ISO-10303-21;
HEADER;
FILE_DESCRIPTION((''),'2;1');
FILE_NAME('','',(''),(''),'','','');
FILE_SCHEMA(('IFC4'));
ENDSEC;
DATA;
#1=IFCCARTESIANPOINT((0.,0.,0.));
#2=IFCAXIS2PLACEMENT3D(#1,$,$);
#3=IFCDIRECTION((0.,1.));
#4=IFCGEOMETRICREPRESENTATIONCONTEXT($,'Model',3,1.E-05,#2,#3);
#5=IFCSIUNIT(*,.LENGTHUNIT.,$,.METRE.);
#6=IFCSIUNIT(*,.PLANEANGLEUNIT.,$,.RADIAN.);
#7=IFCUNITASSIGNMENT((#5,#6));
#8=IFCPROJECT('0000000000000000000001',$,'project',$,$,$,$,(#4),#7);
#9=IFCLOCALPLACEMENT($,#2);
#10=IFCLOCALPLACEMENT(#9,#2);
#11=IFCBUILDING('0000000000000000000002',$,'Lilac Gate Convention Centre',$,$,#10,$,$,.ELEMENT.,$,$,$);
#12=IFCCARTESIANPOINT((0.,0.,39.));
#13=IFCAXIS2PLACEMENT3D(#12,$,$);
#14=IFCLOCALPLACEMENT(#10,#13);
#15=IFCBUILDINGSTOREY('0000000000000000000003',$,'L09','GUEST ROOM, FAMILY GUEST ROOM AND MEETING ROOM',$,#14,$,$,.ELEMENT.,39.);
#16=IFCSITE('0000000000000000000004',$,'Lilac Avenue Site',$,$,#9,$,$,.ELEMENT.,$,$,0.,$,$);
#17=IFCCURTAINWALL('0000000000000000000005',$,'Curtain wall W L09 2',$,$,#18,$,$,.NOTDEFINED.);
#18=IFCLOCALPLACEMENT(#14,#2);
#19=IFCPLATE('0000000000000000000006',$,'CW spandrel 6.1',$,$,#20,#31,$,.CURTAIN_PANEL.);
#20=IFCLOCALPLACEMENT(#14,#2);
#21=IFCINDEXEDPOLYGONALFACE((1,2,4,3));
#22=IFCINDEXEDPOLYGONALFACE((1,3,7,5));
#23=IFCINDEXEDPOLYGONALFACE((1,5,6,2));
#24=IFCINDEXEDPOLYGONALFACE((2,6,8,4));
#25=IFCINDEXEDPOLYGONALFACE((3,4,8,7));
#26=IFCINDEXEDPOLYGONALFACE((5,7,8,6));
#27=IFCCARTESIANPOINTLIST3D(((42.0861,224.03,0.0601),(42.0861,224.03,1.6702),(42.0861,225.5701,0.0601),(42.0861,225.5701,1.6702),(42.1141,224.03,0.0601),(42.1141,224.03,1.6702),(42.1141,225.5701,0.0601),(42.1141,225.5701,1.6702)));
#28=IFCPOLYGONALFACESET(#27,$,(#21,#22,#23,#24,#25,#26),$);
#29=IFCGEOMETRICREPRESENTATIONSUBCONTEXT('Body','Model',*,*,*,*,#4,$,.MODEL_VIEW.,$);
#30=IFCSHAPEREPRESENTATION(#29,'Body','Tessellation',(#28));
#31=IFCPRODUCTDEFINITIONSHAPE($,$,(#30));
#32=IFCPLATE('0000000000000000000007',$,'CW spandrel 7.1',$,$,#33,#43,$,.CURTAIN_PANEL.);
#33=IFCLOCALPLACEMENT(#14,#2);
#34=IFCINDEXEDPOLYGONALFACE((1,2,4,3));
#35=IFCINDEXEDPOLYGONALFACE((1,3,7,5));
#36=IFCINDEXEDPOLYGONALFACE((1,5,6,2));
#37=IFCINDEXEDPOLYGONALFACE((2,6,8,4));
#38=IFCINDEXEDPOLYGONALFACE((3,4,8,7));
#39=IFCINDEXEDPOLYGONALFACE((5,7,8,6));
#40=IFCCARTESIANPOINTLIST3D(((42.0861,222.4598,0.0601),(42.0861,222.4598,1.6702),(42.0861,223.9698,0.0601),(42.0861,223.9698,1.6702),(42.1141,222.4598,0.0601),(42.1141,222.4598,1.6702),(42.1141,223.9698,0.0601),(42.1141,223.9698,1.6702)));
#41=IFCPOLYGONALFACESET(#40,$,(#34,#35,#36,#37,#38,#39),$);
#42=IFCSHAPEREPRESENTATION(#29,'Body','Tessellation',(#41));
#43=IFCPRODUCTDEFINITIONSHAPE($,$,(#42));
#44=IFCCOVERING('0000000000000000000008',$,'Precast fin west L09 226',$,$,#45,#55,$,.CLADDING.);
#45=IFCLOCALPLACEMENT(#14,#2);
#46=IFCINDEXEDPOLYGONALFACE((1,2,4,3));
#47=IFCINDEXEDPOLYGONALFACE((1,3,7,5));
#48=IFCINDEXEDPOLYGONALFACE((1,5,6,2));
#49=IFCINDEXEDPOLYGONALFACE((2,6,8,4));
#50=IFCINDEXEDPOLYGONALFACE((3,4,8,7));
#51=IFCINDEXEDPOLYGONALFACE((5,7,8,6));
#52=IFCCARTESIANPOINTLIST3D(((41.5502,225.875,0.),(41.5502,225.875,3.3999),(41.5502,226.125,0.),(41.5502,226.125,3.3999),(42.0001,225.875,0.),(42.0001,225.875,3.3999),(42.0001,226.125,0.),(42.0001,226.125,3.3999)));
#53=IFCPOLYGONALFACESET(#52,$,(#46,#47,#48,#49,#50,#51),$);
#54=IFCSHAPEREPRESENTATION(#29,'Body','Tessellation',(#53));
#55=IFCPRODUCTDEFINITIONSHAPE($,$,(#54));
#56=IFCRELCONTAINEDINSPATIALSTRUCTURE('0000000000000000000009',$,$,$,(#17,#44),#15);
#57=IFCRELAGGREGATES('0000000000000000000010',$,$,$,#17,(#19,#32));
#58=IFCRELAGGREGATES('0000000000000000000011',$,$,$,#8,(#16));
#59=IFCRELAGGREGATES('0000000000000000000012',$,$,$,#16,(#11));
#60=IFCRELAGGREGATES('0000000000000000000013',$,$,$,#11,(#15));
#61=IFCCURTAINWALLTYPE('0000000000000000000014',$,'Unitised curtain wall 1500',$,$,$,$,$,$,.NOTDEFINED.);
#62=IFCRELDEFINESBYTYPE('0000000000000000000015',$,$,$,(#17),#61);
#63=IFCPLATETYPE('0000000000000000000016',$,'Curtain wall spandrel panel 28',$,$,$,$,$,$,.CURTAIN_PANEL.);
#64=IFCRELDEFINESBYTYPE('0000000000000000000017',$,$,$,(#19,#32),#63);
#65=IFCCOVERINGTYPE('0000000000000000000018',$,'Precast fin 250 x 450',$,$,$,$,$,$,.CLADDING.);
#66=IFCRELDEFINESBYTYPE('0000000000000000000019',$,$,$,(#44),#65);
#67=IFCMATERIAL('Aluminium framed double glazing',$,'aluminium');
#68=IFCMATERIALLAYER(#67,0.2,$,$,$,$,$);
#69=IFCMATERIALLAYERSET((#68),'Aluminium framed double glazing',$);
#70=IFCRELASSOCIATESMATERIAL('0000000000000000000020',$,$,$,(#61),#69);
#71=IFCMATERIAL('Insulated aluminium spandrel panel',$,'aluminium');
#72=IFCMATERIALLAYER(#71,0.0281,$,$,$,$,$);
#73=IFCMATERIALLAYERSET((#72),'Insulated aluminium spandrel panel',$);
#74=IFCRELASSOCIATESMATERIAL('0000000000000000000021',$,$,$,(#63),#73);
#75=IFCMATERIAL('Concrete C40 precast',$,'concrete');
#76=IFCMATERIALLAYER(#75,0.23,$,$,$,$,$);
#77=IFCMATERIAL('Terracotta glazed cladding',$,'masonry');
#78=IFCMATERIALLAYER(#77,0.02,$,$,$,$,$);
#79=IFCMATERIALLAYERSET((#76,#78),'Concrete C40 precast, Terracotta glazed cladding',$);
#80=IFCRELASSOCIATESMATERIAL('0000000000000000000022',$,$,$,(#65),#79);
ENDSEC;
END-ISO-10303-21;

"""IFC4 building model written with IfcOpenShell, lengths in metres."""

from ifc_helpers import new_model, si_unit, direction, frame, frame_2d, origin, origin_2d, place, context, subcontext, project, spatial, rectangle, extrude, material, layer, layer_set, type_object, element, aggregate, save


model = new_model("IFC4")

# Units and contexts
model_context = context("Model", 3, precision=1e-05, world=origin(), true_north=direction((0.0, 1.0)))
body_context = subcontext(model_context, "Body", "Model", "MODEL_VIEW")
ifc_project = project(units=[si_unit("LENGTHUNIT", "METRE"), si_unit("PLANEANGLEUNIT", "RADIAN")], contexts=[model_context])

# Site, building, storey
site_placement = place(None, origin())
site = spatial("IfcSite", under=ifc_project, at=site_placement, Name="Lilac Avenue Site", CompositionType="ELEMENT", RefElevation=0.0)
building_placement = place(site_placement, origin())
building = spatial("IfcBuilding", under=site, at=building_placement, Name="Lilac Gate Convention Centre", CompositionType="ELEMENT")
storey_placement = place(building_placement, frame((0.0, 0.0, 39.0)))
storey = spatial("IfcBuildingStorey", under=building, at=storey_placement, Name="L09", Description="GUEST ROOM, FAMILY GUEST ROOM AND MEETING ROOM", CompositionType="ELEMENT", Elevation=39.0)

# Curtain wall, plates
ifc_material_1 = material(Name="Aluminium framed double glazing", Category="aluminium")
ifc_layer_1 = layer(ifc_material_1, 0.2)
ifc_layer_set_1 = layer_set([ifc_layer_1], Name="Aluminium framed double glazing")
curtain_wall_type = type_object("IfcCurtainWallType", Name="Unitised curtain wall 1500", PredefinedType="NOTDEFINED", material=ifc_layer_set_1)
curtain_wall_placement = place(storey_placement, origin())
curtain_wall = element("IfcCurtainWall", 1, at=curtain_wall_placement, inside=storey, type_object=curtain_wall_type, Name="Curtain wall W L09 2", PredefinedType="NOTDEFINED")
ifc_material_2 = material(Name="Insulated aluminium spandrel panel", Category="aluminium")
ifc_layer_2 = layer(ifc_material_2, 0.0281)
ifc_layer_set_2 = layer_set([ifc_layer_2], Name="Insulated aluminium spandrel panel")
plate_type_1 = type_object("IfcPlateType", Name="Curtain wall spandrel panel 28", PredefinedType="CURTAIN_PANEL", material=ifc_layer_set_2)
plate_1_placement = place(storey_placement, frame((42.1001, 224.8, 0.0601), z_axis=(0.0, 0.0, 1.0), x_axis=(0.0, -1.0, 0.0)))
plate_1 = element("IfcPlate", 2, at=plate_1_placement, type_object=plate_type_1, Name="CW spandrel 6.1", PredefinedType="CURTAIN_PANEL", context=body_context, shape_type="SweptSolid", body=[
    extrude(rectangle(XDim=1.54, YDim=0.0281, at=origin_2d()), origin(), (0.0, 0.0, 1.0), 1.6101),
])
plate_2_placement = place(storey_placement, frame((42.1001, 223.2148, 0.0601), z_axis=(0.0, 0.0, 1.0), x_axis=(0.0, -1.0, 0.0)))
plate_2 = element("IfcPlate", 3, at=plate_2_placement, type_object=plate_type_1, Name="CW spandrel 7.1", PredefinedType="CURTAIN_PANEL", context=body_context, shape_type="SweptSolid", body=[
    extrude(rectangle(XDim=1.51, YDim=0.0281, at=origin_2d()), origin(), (0.0, 0.0, 1.0), 1.6101),
])
aggregate(curtain_wall, [plate_1, plate_2])

# Covering
ifc_material_3 = material(Name="Concrete C40 precast", Category="concrete")
ifc_layer_3 = layer(ifc_material_3, 0.23)
ifc_material_4 = material(Name="Terracotta glazed cladding", Category="masonry")
ifc_layer_4 = layer(ifc_material_4, 0.02)
ifc_layer_set_3 = layer_set([ifc_layer_3, ifc_layer_4], Name="Concrete C40 precast, Terracotta glazed cladding")
covering_type = type_object("IfcCoveringType", Name="Precast fin 250 x 450", PredefinedType="CLADDING", material=ifc_layer_set_3)
covering_placement = place(storey_placement, frame((41.55, 226.0, 0.0), z_axis=(0.0, 0.0, 1.0), x_axis=(1.0, 0.0, 0.0)))
element("IfcCovering", 4, at=covering_placement, inside=storey, type_object=covering_type, Name="Precast fin west L09 226", PredefinedType="CLADDING", context=body_context, shape_type="SweptSolid", body=[
    extrude(rectangle(XDim=0.45, YDim=0.25, at=frame_2d((0.2251, 0.0))), origin(), (0.0, 0.0, 1.0), 3.3999),
])

save(model, "model.ifc")
